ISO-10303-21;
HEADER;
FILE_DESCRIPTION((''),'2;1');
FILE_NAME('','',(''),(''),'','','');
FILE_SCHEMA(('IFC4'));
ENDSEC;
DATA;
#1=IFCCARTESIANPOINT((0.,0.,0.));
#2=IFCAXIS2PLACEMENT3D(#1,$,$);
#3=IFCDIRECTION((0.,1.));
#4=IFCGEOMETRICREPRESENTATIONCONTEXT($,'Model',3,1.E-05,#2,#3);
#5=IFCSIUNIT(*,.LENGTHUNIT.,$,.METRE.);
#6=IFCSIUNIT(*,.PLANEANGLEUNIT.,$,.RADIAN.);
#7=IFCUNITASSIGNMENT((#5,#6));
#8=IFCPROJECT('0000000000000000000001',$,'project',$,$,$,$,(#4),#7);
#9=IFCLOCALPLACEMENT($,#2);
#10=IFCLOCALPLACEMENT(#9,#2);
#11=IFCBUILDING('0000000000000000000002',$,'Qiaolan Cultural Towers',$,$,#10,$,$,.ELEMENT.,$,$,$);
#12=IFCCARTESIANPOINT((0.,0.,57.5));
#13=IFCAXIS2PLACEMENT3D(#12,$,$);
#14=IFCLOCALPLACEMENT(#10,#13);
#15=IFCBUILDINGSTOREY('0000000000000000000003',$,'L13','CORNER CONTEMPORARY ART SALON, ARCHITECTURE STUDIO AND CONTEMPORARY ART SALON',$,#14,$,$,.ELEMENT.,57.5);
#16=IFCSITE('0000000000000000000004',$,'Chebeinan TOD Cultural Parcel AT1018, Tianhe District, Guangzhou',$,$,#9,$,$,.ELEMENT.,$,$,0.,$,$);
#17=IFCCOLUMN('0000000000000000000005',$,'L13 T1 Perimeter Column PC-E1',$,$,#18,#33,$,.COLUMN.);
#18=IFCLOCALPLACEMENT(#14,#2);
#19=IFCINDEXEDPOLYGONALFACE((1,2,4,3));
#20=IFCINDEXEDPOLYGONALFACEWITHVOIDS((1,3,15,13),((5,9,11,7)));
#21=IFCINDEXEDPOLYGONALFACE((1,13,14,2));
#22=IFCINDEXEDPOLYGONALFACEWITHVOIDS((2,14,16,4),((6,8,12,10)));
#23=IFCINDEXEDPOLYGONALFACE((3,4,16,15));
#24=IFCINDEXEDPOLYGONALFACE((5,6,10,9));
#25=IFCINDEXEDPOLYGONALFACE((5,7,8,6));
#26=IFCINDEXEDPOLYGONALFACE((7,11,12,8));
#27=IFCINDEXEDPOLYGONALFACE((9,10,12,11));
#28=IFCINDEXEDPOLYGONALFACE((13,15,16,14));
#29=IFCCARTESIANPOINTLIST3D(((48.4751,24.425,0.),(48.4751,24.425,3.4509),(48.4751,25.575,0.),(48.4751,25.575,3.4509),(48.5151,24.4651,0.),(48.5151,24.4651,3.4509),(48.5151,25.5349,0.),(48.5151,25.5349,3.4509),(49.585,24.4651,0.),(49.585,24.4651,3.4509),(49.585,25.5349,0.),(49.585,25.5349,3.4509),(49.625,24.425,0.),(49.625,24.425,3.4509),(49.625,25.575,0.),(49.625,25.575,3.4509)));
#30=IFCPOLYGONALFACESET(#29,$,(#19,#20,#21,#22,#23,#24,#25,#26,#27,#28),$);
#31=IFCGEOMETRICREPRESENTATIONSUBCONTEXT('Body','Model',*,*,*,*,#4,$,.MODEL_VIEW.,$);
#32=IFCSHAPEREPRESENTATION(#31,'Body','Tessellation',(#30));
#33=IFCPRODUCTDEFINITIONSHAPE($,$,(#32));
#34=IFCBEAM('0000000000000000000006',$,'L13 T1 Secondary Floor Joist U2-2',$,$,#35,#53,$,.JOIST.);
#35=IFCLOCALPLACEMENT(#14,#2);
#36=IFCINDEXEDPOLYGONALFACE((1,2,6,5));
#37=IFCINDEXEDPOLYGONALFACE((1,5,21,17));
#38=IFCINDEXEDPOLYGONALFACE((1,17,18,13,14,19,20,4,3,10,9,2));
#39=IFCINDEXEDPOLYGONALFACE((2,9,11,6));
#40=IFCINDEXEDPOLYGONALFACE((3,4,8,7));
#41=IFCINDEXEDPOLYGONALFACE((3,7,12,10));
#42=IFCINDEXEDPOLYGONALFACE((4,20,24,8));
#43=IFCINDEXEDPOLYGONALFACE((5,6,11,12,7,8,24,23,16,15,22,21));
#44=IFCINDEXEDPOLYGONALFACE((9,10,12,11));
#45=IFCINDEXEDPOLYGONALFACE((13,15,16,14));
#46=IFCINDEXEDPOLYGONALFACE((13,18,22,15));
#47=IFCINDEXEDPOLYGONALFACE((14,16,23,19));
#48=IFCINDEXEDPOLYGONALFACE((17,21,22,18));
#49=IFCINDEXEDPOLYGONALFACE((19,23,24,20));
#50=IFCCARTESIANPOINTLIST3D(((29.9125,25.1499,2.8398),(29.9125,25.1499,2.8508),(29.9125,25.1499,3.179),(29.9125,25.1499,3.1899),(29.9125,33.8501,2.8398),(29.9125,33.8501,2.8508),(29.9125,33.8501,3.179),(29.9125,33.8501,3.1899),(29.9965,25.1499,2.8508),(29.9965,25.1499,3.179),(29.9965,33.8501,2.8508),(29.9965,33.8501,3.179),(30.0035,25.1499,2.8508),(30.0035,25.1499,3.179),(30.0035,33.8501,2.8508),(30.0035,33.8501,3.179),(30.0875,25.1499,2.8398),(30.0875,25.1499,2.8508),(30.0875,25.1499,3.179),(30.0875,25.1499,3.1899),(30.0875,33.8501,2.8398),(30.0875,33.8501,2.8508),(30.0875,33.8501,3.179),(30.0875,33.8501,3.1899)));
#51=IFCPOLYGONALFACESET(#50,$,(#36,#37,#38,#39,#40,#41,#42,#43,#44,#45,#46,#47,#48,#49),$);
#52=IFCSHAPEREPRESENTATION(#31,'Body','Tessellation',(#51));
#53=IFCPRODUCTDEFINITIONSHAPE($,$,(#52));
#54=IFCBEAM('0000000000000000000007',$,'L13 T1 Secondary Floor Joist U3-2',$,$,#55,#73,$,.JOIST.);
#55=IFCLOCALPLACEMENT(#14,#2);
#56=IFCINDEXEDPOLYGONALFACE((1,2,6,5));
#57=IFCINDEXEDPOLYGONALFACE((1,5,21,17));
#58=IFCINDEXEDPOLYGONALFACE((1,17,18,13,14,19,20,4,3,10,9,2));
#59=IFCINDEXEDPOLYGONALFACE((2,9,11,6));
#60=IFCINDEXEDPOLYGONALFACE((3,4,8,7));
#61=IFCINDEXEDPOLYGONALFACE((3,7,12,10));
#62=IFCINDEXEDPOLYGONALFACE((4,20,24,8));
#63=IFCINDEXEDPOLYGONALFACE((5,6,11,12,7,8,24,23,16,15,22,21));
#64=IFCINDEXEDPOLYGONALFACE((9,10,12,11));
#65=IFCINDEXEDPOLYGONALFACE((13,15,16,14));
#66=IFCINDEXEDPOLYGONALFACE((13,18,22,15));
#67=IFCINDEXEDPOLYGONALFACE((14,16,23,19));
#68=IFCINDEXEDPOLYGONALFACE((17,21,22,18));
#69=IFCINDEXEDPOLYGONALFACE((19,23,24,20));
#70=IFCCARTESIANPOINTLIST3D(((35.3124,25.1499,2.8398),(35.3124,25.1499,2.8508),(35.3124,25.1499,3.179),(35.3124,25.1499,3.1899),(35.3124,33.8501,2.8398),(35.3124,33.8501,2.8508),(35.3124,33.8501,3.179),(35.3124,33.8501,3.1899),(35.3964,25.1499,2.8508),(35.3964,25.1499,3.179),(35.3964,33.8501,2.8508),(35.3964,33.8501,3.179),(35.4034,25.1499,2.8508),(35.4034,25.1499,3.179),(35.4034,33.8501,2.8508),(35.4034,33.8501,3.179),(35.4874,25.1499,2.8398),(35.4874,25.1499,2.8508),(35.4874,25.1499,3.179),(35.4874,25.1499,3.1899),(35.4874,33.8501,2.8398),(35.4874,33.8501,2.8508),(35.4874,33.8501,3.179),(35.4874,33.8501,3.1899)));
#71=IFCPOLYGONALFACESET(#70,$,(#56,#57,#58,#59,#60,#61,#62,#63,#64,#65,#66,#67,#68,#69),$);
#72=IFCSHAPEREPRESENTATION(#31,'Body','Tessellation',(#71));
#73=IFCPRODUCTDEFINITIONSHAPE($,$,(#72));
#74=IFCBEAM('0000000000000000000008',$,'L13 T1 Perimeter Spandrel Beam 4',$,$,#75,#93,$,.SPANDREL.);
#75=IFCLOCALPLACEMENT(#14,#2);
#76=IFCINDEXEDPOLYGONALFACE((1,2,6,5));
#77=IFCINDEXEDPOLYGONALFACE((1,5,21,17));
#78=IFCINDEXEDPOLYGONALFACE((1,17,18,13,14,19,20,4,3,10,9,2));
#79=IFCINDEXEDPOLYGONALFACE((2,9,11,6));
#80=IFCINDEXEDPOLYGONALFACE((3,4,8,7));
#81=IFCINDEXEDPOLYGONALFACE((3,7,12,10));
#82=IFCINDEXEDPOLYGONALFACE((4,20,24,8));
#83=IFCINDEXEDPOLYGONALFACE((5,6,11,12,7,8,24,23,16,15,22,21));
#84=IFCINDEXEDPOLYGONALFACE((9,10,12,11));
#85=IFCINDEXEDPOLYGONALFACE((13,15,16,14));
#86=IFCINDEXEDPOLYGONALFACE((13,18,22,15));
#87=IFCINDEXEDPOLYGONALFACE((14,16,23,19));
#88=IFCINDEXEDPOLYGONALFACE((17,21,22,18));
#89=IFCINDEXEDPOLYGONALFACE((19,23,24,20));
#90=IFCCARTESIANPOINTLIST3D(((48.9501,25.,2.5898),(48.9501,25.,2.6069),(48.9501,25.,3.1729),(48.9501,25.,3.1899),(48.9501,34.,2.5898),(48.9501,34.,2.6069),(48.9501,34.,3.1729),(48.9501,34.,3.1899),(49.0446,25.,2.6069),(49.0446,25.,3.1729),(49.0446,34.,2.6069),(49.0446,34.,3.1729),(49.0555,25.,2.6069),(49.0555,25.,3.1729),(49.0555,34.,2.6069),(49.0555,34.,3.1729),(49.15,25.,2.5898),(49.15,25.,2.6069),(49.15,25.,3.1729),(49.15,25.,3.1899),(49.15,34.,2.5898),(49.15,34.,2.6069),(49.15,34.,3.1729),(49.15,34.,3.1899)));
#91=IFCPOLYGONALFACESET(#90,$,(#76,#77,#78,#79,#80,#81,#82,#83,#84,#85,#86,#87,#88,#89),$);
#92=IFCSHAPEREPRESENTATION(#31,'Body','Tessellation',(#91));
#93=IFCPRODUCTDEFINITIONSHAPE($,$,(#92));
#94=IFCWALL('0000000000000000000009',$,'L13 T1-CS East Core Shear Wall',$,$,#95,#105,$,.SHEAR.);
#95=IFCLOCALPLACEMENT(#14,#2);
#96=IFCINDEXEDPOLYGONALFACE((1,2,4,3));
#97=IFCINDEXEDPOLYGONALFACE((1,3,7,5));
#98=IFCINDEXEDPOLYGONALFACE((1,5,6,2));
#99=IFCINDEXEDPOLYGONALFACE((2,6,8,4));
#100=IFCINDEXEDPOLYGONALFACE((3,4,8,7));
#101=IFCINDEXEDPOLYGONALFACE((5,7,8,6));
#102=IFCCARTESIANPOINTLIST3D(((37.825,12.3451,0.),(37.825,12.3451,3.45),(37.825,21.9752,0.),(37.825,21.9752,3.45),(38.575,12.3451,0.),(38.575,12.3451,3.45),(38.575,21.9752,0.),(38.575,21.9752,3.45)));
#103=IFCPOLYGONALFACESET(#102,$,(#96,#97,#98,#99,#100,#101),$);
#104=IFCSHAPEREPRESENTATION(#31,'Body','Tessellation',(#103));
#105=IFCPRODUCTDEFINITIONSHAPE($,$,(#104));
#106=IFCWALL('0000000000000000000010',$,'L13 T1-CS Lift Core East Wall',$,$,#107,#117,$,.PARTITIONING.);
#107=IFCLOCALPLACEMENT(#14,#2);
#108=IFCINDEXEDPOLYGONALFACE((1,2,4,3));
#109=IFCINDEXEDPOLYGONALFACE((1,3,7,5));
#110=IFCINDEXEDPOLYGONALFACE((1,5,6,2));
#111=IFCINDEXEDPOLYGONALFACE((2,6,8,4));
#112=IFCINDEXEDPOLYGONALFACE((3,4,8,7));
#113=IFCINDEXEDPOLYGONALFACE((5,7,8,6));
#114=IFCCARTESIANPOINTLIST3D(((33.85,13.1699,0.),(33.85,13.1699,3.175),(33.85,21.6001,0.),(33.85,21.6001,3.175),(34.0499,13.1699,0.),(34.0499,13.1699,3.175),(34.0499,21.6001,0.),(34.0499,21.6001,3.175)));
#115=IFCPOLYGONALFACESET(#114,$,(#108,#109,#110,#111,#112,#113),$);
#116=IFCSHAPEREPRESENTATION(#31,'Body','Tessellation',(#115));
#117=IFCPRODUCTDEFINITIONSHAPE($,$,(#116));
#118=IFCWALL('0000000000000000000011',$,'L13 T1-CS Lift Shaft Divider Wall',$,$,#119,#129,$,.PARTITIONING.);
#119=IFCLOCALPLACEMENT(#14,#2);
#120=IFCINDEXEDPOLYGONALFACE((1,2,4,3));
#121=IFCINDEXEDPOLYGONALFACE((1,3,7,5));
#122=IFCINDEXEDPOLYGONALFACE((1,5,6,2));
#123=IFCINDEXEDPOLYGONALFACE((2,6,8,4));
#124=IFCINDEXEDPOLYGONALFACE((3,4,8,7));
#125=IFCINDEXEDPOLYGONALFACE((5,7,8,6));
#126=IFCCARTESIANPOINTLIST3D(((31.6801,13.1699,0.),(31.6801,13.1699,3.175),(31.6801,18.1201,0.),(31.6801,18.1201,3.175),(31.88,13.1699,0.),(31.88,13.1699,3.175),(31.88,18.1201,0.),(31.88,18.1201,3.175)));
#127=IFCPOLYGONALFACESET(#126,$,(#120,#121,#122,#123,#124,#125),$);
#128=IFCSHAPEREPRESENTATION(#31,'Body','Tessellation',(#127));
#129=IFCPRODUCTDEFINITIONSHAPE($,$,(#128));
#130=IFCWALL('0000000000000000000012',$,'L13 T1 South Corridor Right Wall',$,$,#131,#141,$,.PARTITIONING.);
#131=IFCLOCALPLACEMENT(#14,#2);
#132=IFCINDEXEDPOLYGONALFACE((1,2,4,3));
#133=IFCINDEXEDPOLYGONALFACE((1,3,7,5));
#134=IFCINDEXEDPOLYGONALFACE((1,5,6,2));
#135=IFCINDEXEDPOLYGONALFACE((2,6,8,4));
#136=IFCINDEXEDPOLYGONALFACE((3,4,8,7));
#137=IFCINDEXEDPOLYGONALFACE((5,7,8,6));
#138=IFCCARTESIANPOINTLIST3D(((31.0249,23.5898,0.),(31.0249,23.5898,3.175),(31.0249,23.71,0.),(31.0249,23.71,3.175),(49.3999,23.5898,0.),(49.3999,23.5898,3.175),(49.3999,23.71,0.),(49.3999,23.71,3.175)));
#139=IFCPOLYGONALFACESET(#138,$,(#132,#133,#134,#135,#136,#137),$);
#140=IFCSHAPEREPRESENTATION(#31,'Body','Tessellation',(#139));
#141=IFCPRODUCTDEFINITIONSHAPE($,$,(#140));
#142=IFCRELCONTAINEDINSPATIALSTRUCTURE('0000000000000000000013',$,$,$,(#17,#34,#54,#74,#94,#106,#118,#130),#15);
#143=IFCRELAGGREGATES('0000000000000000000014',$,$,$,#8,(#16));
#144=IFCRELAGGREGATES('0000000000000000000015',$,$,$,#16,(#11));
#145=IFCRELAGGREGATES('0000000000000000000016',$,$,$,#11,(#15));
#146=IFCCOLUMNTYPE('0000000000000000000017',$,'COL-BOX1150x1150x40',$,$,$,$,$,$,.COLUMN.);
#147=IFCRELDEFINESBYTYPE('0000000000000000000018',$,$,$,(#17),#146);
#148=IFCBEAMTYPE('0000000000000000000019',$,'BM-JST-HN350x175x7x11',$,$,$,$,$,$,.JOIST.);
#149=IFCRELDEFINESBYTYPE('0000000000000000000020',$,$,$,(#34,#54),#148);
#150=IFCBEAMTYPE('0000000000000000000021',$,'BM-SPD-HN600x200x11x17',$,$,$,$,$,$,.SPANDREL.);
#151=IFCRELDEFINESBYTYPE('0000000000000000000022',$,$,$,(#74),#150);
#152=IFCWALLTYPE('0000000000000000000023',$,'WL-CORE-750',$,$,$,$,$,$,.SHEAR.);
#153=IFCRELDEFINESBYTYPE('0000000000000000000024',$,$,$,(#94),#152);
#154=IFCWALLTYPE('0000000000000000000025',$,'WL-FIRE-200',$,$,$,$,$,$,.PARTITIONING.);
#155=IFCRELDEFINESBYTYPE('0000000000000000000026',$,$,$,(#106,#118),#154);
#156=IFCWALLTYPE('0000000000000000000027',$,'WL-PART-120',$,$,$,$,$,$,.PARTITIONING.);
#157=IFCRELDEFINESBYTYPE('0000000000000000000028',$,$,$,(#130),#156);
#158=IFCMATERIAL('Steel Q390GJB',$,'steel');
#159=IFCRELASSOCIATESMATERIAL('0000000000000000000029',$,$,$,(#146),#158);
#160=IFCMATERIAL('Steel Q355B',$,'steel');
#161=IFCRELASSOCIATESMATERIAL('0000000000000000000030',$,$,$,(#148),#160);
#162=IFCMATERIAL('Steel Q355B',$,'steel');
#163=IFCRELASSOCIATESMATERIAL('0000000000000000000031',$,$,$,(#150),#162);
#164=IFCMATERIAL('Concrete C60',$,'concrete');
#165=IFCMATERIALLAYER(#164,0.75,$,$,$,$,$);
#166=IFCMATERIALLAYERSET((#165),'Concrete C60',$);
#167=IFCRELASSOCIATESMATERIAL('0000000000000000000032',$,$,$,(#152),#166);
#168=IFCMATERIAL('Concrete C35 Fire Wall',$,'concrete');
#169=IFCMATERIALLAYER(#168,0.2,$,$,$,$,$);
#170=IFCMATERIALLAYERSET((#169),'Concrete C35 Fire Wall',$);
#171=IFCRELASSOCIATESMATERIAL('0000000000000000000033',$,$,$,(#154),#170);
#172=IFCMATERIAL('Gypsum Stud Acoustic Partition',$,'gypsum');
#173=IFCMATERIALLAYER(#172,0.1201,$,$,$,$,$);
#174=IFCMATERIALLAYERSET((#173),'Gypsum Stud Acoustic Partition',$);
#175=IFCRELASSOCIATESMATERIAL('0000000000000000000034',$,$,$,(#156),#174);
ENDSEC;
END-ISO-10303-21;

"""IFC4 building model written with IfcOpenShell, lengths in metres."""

from ifc_helpers import new_model, si_unit, direction, frame, frame_2d, origin, origin_2d, place, context, subcontext, project, spatial, rectangle, hollow_rectangle, i_section, extrude, material, layer, layer_set, material_profile, profile_set, type_object, element, save


model = new_model("IFC4")

# Units and contexts
model_context = context("Model", 3, precision=1e-05, world=origin(), true_north=direction((0.0, 1.0)))
body_context = subcontext(model_context, "Body", "Model", "MODEL_VIEW")
ifc_project = project(units=[si_unit("LENGTHUNIT", "METRE"), si_unit("PLANEANGLEUNIT", "RADIAN")], contexts=[model_context])

# Site, building, storey
site_placement = place(None, origin())
site = spatial("IfcSite", under=ifc_project, at=site_placement, Name="Chebeinan TOD Cultural Parcel AT1018, Tianhe District, Guangzhou", CompositionType="ELEMENT", RefElevation=0.0)
building_placement = place(site_placement, origin())
building = spatial("IfcBuilding", under=site, at=building_placement, Name="Qiaolan Cultural Towers", CompositionType="ELEMENT")
storey_placement = place(building_placement, frame((0.0, 0.0, 57.5)))
storey = spatial("IfcBuildingStorey", under=building, at=storey_placement, Name="L13", Description="CORNER CONTEMPORARY ART SALON, ARCHITECTURE STUDIO AND CONTEMPORARY ART SALON", CompositionType="ELEMENT", Elevation=57.5)

# Column
ifc_material_1 = material(Name="Steel Q390GJB", Category="steel")
ifc_material_profile_1 = material_profile(ifc_material_1, hollow_rectangle(XDim=1.1499, YDim=1.1499, WallThickness=0.04, at=origin_2d()), Name="BOX1150x1150x40")
ifc_profile_set_1 = profile_set([ifc_material_profile_1], Name="Steel Q390GJB")
column_type = type_object("IfcColumnType", Name="COL-BOX1150x1150x40", PredefinedType="COLUMN", material=ifc_profile_set_1)
column_placement = place(storey_placement, frame((49.05, 25.0, 0.0), z_axis=(0.0, 0.0, 1.0), x_axis=(1.0, 0.0, 0.0)))
element("IfcColumn", 1, at=column_placement, inside=storey, type_object=column_type, Name="L13 T1 Perimeter Column PC-E1", PredefinedType="COLUMN", context=body_context, shape_type="SweptSolid", body=[
    extrude(hollow_rectangle(XDim=1.1499, YDim=1.1499, WallThickness=0.04, at=origin_2d()), origin(), (0.0, 0.0, 1.0), 3.4509),
])

# Beams
ifc_material_2 = material(Name="Steel Q355B", Category="steel")
ifc_material_profile_2 = material_profile(ifc_material_2, i_section(OverallWidth=0.175, OverallDepth=0.3501, WebThickness=0.0071, FlangeThickness=0.011, at=origin_2d()), Name="HN350x175x7x11")
ifc_profile_set_2 = profile_set([ifc_material_profile_2], Name="Steel Q355B")
beam_type_1 = type_object("IfcBeamType", Name="BM-JST-HN350x175x7x11", PredefinedType="JOIST", material=ifc_profile_set_2)
for number, where, z_axis, x_axis, name in (
    (2, (30.0, 25.1499, 3.0149), (0.0, 1.0, 0.0), (-1.0, 0.0, 0.0), "L13 T1 Secondary Floor Joist U2-2"),
    (3, (35.3999, 25.1499, 3.0149), (0.0, 1.0, 0.0), (-1.0, 0.0, 0.0), "L13 T1 Secondary Floor Joist U3-2"),
):
    element("IfcBeam", number, at=place(storey_placement, frame(where, z_axis=z_axis, x_axis=x_axis)), inside=storey, type_object=beam_type_1, Name=name, PredefinedType="JOIST", context=body_context, shape_type="SweptSolid", body=[
        extrude(i_section(OverallWidth=0.175, OverallDepth=0.3501, WebThickness=0.0071, FlangeThickness=0.011, at=origin_2d()), origin(), (0.0, 0.0, 1.0), 8.7002),
    ])
ifc_material_3 = material(Name="Steel Q355B", Category="steel")
ifc_material_profile_3 = material_profile(ifc_material_3, i_section(OverallWidth=0.2, OverallDepth=0.6001, WebThickness=0.011, FlangeThickness=0.0171, at=origin_2d()), Name="HN600x200x11x17")
ifc_profile_set_3 = profile_set([ifc_material_profile_3], Name="Steel Q355B")
beam_type_2 = type_object("IfcBeamType", Name="BM-SPD-HN600x200x11x17", PredefinedType="SPANDREL", material=ifc_profile_set_3)
beam_placement = place(storey_placement, frame((49.05, 25.0, 2.8899), z_axis=(0.0, 1.0, 0.0), x_axis=(-1.0, 0.0, 0.0)))
element("IfcBeam", 4, at=beam_placement, inside=storey, type_object=beam_type_2, Name="L13 T1 Perimeter Spandrel Beam 4", PredefinedType="SPANDREL", context=body_context, shape_type="SweptSolid", body=[
    extrude(i_section(OverallWidth=0.2, OverallDepth=0.6001, WebThickness=0.011, FlangeThickness=0.0171, at=origin_2d()), origin(), (0.0, 0.0, 1.0), 9.0),
])

# Walls
ifc_material_4 = material(Name="Concrete C60", Category="concrete")
ifc_layer_1 = layer(ifc_material_4, 0.75)
ifc_layer_set_1 = layer_set([ifc_layer_1], Name="Concrete C60")
wall_type_1 = type_object("IfcWallType", Name="WL-CORE-750", PredefinedType="SHEAR", material=ifc_layer_set_1)
wall_1_placement = place(storey_placement, frame((38.2, 21.9751, 0.0), z_axis=(0.0, 0.0, 1.0), x_axis=(0.0, -1.0, 0.0)))
element("IfcWall", 5, at=wall_1_placement, inside=storey, type_object=wall_type_1, Name="L13 T1-CS East Core Shear Wall", PredefinedType="SHEAR", context=body_context, shape_type="SweptSolid", body=[
    extrude(rectangle(XDim=9.6301, YDim=0.75, at=frame_2d((4.8149, 0.0))), origin(), (0.0, 0.0, 1.0), 3.45),
])
ifc_material_5 = material(Name="Concrete C35 Fire Wall", Category="concrete")
ifc_layer_2 = layer(ifc_material_5, 0.2)
ifc_layer_set_2 = layer_set([ifc_layer_2], Name="Concrete C35 Fire Wall")
wall_type_2 = type_object("IfcWallType", Name="WL-FIRE-200", PredefinedType="PARTITIONING", material=ifc_layer_set_2)
wall_2_placement = place(storey_placement, frame((33.95, 21.6001, 0.0), z_axis=(0.0, 0.0, 1.0), x_axis=(0.0, -1.0, 0.0)))
element("IfcWall", 6, at=wall_2_placement, inside=storey, type_object=wall_type_2, Name="L13 T1-CS Lift Core East Wall", PredefinedType="PARTITIONING", context=body_context, shape_type="SweptSolid", body=[
    extrude(rectangle(XDim=8.4302, YDim=0.2, at=frame_2d((4.2151, 0.0))), origin(), (0.0, 0.0, 1.0), 3.175),
])
wall_3_placement = place(storey_placement, frame((31.78, 18.1201, 0.0), z_axis=(0.0, 0.0, 1.0), x_axis=(0.0, -1.0, 0.0)))
element("IfcWall", 7, at=wall_3_placement, inside=storey, type_object=wall_type_2, Name="L13 T1-CS Lift Shaft Divider Wall", PredefinedType="PARTITIONING", context=body_context, shape_type="SweptSolid", body=[
    extrude(rectangle(XDim=4.9502, YDim=0.2, at=frame_2d((2.4751, 0.0))), origin(), (0.0, 0.0, 1.0), 3.175),
])
ifc_material_6 = material(Name="Gypsum Stud Acoustic Partition", Category="gypsum")
ifc_layer_3 = layer(ifc_material_6, 0.1201)
ifc_layer_set_3 = layer_set([ifc_layer_3], Name="Gypsum Stud Acoustic Partition")
wall_type_3 = type_object("IfcWallType", Name="WL-PART-120", PredefinedType="PARTITIONING", material=ifc_layer_set_3)
wall_4_placement = place(storey_placement, frame((31.0249, 23.6499, 0.0), z_axis=(0.0, 0.0, 1.0), x_axis=(1.0, 0.0, 0.0)))
element("IfcWall", 8, at=wall_4_placement, inside=storey, type_object=wall_type_3, Name="L13 T1 South Corridor Right Wall", PredefinedType="PARTITIONING", context=body_context, shape_type="SweptSolid", body=[
    extrude(rectangle(XDim=18.375, YDim=0.1201, at=frame_2d((9.1875, 0.0))), origin(), (0.0, 0.0, 1.0), 3.175),
])

save(model, "model.ifc")
